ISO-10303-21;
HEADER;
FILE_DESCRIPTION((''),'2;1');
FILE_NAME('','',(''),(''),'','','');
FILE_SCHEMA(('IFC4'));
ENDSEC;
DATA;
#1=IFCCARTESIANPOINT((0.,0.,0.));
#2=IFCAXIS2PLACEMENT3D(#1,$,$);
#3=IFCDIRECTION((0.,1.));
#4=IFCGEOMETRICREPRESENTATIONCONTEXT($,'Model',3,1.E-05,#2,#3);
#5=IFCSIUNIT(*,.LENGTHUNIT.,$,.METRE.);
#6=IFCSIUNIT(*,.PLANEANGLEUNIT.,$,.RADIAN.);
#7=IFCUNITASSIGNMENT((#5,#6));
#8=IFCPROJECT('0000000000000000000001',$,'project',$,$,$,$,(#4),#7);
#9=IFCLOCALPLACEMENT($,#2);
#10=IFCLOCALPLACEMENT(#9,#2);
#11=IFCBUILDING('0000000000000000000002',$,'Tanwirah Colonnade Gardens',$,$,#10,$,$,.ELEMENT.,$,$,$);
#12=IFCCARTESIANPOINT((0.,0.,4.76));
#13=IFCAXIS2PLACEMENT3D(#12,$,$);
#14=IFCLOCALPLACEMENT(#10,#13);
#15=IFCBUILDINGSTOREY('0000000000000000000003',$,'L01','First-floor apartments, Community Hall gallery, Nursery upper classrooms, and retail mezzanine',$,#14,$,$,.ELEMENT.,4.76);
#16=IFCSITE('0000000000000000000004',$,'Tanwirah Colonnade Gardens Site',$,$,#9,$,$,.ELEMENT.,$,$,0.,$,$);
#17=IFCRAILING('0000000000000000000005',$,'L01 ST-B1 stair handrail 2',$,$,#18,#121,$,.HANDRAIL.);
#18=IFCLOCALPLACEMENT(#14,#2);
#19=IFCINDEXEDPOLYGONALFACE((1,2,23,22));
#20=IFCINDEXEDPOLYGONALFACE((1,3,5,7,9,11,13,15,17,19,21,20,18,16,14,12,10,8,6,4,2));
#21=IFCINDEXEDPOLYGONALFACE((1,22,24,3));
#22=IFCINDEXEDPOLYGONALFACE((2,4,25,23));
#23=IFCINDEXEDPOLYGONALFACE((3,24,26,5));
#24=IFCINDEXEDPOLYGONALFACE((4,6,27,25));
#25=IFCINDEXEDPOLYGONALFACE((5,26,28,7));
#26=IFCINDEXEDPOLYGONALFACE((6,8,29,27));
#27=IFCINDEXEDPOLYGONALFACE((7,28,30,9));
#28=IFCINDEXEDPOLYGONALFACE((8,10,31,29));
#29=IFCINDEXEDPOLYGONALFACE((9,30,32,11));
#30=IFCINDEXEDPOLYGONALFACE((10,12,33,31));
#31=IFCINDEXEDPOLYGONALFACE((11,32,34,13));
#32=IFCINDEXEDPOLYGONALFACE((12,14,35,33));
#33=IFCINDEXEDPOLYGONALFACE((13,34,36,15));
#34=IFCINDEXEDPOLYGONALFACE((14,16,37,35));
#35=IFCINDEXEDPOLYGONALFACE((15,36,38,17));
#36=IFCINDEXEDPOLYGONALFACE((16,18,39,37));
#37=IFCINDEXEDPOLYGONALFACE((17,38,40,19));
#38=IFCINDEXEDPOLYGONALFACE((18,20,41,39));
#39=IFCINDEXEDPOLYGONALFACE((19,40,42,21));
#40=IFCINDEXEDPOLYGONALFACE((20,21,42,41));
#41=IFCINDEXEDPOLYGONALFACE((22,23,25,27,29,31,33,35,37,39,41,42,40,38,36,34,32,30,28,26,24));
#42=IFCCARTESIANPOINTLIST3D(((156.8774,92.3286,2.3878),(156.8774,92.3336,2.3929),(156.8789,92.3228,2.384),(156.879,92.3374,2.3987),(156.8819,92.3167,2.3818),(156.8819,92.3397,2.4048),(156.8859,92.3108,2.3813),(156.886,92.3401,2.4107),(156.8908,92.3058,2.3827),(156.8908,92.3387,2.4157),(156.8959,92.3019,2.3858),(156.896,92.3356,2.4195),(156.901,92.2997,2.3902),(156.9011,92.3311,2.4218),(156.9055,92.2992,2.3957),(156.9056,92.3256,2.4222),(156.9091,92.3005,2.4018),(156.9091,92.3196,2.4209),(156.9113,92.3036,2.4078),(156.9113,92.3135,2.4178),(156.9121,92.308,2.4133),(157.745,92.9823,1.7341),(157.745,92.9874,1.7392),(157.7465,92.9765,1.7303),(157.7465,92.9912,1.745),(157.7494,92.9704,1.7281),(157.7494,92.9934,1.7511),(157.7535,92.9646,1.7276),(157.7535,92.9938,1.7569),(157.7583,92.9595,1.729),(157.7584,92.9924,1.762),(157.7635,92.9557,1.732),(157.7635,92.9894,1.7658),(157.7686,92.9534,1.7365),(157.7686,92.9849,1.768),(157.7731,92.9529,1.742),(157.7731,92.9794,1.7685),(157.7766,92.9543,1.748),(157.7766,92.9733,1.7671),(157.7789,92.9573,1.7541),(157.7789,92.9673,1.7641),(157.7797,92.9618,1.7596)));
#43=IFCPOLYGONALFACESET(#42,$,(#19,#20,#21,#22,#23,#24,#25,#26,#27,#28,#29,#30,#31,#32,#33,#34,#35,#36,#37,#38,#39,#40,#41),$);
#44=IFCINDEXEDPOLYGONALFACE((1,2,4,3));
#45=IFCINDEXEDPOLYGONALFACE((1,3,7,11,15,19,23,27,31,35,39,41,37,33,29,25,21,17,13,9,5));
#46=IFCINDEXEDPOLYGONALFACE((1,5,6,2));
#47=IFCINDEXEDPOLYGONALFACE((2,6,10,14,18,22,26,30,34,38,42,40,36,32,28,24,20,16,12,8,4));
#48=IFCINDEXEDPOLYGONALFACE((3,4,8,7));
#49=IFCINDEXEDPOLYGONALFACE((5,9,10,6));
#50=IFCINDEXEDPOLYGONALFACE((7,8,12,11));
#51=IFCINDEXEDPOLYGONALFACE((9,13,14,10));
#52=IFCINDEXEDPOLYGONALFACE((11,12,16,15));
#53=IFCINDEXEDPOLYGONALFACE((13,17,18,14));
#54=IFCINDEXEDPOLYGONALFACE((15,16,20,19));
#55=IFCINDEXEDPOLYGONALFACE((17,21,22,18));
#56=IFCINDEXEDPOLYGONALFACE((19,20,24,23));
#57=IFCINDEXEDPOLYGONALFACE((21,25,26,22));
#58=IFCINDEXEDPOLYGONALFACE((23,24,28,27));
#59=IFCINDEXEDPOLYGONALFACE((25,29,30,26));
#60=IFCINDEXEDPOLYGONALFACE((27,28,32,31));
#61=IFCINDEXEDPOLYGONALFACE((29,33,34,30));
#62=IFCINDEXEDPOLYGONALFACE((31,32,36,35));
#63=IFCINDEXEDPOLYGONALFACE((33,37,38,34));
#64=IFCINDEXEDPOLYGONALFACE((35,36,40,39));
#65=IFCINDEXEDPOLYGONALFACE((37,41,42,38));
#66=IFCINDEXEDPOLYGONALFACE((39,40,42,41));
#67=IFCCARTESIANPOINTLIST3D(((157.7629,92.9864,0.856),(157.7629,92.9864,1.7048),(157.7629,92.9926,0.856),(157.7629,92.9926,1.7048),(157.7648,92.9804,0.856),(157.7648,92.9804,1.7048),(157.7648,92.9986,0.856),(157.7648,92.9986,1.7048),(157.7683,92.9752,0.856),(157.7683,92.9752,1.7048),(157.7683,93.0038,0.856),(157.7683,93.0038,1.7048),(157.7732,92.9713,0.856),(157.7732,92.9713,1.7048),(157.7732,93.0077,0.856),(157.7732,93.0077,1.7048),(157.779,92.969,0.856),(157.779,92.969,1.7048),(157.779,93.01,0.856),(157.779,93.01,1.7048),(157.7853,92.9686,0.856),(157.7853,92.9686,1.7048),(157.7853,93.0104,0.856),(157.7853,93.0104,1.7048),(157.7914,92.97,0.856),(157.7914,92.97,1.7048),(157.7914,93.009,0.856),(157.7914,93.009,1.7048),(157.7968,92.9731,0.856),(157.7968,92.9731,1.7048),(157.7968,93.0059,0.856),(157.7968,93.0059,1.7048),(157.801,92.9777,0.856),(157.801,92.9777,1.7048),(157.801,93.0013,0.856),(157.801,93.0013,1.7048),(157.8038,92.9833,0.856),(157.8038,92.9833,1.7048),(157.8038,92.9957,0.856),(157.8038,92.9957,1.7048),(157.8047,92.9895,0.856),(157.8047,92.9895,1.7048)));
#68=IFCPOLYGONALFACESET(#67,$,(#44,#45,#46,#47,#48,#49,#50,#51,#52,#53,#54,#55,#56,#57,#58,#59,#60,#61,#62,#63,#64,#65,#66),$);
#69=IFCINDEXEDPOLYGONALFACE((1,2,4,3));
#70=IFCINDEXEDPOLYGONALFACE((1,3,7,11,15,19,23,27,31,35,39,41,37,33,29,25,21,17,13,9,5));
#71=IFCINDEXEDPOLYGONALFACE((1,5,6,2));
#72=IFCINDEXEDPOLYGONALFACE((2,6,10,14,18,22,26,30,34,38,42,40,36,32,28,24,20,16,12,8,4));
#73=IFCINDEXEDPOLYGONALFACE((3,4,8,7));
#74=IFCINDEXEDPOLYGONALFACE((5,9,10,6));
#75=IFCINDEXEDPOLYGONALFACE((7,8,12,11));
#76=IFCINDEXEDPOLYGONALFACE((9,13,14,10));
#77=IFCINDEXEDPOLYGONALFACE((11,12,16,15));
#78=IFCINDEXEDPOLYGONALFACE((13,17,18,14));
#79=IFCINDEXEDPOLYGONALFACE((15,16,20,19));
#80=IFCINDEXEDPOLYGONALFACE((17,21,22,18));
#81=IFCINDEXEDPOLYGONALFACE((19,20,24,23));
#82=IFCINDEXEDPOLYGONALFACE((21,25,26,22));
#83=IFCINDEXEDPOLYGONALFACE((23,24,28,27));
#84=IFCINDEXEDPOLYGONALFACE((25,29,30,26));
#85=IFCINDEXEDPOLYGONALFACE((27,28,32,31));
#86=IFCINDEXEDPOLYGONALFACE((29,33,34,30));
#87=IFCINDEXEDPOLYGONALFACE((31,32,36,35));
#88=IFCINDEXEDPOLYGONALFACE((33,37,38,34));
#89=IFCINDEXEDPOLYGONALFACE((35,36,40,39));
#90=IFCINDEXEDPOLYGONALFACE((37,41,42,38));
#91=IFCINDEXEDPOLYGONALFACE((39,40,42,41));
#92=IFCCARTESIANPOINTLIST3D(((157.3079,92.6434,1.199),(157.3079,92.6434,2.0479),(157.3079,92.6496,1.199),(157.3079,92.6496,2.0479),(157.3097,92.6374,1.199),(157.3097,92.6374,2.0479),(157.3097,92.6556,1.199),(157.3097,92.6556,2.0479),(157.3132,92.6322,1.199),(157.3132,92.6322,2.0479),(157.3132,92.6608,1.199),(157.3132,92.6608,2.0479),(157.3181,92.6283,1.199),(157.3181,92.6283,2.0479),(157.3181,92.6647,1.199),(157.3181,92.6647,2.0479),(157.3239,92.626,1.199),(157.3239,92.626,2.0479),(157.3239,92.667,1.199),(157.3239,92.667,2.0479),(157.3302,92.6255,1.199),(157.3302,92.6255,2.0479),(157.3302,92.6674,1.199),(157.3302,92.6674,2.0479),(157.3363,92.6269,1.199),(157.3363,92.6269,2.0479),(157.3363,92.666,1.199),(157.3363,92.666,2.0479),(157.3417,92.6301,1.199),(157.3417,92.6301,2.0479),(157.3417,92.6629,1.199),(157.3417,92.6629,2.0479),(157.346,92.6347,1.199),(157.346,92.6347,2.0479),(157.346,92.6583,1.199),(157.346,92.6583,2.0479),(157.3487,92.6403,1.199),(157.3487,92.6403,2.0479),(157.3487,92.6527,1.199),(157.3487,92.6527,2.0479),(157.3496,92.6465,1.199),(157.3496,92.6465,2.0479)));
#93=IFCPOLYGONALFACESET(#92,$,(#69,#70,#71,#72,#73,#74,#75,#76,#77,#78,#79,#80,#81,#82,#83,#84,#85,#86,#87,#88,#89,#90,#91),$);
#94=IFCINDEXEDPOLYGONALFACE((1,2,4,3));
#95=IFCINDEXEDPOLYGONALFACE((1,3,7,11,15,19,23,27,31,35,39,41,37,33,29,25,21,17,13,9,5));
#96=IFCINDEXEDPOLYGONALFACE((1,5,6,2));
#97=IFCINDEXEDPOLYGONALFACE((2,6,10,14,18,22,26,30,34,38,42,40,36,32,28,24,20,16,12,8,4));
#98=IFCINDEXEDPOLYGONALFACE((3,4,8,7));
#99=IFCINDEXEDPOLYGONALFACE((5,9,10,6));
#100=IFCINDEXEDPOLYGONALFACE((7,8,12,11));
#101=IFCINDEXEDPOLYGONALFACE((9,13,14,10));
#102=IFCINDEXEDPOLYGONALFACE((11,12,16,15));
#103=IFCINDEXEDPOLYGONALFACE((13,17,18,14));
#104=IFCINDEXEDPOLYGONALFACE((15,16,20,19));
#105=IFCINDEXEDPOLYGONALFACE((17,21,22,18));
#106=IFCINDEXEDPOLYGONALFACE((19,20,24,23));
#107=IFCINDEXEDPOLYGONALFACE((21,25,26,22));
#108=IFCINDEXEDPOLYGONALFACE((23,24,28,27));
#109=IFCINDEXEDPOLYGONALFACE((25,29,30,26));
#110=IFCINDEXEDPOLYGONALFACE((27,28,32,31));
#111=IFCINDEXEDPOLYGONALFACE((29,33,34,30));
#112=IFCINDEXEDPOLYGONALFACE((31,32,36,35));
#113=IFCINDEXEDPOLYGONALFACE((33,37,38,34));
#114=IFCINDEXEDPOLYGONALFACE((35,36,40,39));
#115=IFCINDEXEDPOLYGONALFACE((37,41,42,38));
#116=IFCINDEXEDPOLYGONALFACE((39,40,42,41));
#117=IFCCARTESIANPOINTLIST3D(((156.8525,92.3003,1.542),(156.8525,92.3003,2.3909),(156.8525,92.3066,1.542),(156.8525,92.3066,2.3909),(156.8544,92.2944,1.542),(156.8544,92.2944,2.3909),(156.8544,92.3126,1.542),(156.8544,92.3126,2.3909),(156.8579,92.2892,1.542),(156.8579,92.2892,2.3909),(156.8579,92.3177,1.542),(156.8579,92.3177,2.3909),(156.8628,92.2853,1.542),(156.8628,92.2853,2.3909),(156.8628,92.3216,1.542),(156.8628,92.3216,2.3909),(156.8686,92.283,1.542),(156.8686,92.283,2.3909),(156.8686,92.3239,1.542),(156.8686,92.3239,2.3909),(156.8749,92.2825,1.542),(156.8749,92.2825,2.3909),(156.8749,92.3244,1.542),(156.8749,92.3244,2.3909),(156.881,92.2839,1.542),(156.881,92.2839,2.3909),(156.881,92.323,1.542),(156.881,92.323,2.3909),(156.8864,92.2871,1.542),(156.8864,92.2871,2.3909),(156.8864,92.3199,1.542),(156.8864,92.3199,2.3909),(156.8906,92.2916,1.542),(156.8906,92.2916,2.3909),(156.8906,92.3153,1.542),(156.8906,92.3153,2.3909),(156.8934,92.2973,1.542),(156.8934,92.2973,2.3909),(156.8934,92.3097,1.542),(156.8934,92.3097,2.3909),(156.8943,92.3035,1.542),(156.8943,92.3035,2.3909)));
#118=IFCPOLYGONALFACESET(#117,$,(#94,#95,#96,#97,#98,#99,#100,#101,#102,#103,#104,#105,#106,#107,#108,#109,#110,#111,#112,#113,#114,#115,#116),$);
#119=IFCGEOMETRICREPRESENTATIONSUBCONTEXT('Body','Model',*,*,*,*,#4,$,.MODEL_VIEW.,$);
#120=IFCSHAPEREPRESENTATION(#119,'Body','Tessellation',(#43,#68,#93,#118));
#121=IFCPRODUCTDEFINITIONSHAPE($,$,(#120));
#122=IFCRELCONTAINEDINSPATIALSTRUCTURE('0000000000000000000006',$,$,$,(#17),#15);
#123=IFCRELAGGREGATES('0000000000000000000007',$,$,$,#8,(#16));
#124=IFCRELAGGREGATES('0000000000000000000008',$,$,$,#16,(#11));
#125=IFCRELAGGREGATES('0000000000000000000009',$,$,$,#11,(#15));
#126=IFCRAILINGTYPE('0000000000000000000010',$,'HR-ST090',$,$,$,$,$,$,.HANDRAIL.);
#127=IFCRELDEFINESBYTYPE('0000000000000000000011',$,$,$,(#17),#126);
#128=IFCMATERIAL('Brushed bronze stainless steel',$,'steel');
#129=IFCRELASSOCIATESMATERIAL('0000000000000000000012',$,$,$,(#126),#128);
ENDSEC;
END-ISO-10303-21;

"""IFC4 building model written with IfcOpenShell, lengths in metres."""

from ifc_helpers import new_model, si_unit, direction, frame, origin, origin_2d, place, context, subcontext, project, spatial, circle, extrude, material, type_object, element, save


model = new_model("IFC4")

# Units and contexts
model_context = context("Model", 3, precision=1e-05, world=origin(), true_north=direction((0.0, 1.0)))
body_context = subcontext(model_context, "Body", "Model", "MODEL_VIEW")
ifc_project = project(units=[si_unit("LENGTHUNIT", "METRE"), si_unit("PLANEANGLEUNIT", "RADIAN")], contexts=[model_context])

# Site, building, storey
site_placement = place(None, origin())
site = spatial("IfcSite", under=ifc_project, at=site_placement, Name="Tanwirah Colonnade Gardens Site", CompositionType="ELEMENT", RefElevation=0.0)
building_placement = place(site_placement, origin())
building = spatial("IfcBuilding", under=site, at=building_placement, Name="Tanwirah Colonnade Gardens", CompositionType="ELEMENT")
storey_placement = place(building_placement, frame((0.0, 0.0, 4.76)))
storey = spatial("IfcBuildingStorey", under=building, at=storey_placement, Name="L01", Description="First-floor apartments, Community Hall gallery, Nursery upper classrooms, and retail mezzanine", CompositionType="ELEMENT", Elevation=4.76)

# Railing
ifc_material_1 = material(Name="Brushed bronze stainless steel", Category="steel")
railing_type_1 = type_object("IfcRailingType", Name="HR-ST090", PredefinedType="HANDRAIL", material=ifc_material_1)
railing_1_placement = place(storey_placement, frame((157.7837, 92.9895, 0.856)))
element("IfcRailing", 1, at=railing_1_placement, inside=storey, type_object=railing_type_1, Name="L01 ST-B1 stair handrail 2", PredefinedType="HANDRAIL", context=body_context, shape_type="SweptSolid", body=[
    extrude(circle(Radius=0.0239, at=origin_2d()), frame((-0.0215, -0.0161, 0.8921), z_axis=(-0.684276, -0.515639, 0.515639), x_axis=(0.601815, -0.798636, 0.0)), (0.0, 0.0, 1.0), 1.2678),
    extrude(circle(Radius=0.021, at=origin_2d()), origin(), (0.0, 0.0, 1.0), 0.8489),
    extrude(circle(Radius=0.021, at=origin_2d()), frame((-0.4551, -0.343, 0.343)), (0.0, 0.0, 1.0), 0.8489),
    extrude(circle(Radius=0.021, at=origin_2d()), frame((-0.9104, -0.686, 0.686)), (0.0, 0.0, 1.0), 0.8489),
])

save(model, "model.ifc")
